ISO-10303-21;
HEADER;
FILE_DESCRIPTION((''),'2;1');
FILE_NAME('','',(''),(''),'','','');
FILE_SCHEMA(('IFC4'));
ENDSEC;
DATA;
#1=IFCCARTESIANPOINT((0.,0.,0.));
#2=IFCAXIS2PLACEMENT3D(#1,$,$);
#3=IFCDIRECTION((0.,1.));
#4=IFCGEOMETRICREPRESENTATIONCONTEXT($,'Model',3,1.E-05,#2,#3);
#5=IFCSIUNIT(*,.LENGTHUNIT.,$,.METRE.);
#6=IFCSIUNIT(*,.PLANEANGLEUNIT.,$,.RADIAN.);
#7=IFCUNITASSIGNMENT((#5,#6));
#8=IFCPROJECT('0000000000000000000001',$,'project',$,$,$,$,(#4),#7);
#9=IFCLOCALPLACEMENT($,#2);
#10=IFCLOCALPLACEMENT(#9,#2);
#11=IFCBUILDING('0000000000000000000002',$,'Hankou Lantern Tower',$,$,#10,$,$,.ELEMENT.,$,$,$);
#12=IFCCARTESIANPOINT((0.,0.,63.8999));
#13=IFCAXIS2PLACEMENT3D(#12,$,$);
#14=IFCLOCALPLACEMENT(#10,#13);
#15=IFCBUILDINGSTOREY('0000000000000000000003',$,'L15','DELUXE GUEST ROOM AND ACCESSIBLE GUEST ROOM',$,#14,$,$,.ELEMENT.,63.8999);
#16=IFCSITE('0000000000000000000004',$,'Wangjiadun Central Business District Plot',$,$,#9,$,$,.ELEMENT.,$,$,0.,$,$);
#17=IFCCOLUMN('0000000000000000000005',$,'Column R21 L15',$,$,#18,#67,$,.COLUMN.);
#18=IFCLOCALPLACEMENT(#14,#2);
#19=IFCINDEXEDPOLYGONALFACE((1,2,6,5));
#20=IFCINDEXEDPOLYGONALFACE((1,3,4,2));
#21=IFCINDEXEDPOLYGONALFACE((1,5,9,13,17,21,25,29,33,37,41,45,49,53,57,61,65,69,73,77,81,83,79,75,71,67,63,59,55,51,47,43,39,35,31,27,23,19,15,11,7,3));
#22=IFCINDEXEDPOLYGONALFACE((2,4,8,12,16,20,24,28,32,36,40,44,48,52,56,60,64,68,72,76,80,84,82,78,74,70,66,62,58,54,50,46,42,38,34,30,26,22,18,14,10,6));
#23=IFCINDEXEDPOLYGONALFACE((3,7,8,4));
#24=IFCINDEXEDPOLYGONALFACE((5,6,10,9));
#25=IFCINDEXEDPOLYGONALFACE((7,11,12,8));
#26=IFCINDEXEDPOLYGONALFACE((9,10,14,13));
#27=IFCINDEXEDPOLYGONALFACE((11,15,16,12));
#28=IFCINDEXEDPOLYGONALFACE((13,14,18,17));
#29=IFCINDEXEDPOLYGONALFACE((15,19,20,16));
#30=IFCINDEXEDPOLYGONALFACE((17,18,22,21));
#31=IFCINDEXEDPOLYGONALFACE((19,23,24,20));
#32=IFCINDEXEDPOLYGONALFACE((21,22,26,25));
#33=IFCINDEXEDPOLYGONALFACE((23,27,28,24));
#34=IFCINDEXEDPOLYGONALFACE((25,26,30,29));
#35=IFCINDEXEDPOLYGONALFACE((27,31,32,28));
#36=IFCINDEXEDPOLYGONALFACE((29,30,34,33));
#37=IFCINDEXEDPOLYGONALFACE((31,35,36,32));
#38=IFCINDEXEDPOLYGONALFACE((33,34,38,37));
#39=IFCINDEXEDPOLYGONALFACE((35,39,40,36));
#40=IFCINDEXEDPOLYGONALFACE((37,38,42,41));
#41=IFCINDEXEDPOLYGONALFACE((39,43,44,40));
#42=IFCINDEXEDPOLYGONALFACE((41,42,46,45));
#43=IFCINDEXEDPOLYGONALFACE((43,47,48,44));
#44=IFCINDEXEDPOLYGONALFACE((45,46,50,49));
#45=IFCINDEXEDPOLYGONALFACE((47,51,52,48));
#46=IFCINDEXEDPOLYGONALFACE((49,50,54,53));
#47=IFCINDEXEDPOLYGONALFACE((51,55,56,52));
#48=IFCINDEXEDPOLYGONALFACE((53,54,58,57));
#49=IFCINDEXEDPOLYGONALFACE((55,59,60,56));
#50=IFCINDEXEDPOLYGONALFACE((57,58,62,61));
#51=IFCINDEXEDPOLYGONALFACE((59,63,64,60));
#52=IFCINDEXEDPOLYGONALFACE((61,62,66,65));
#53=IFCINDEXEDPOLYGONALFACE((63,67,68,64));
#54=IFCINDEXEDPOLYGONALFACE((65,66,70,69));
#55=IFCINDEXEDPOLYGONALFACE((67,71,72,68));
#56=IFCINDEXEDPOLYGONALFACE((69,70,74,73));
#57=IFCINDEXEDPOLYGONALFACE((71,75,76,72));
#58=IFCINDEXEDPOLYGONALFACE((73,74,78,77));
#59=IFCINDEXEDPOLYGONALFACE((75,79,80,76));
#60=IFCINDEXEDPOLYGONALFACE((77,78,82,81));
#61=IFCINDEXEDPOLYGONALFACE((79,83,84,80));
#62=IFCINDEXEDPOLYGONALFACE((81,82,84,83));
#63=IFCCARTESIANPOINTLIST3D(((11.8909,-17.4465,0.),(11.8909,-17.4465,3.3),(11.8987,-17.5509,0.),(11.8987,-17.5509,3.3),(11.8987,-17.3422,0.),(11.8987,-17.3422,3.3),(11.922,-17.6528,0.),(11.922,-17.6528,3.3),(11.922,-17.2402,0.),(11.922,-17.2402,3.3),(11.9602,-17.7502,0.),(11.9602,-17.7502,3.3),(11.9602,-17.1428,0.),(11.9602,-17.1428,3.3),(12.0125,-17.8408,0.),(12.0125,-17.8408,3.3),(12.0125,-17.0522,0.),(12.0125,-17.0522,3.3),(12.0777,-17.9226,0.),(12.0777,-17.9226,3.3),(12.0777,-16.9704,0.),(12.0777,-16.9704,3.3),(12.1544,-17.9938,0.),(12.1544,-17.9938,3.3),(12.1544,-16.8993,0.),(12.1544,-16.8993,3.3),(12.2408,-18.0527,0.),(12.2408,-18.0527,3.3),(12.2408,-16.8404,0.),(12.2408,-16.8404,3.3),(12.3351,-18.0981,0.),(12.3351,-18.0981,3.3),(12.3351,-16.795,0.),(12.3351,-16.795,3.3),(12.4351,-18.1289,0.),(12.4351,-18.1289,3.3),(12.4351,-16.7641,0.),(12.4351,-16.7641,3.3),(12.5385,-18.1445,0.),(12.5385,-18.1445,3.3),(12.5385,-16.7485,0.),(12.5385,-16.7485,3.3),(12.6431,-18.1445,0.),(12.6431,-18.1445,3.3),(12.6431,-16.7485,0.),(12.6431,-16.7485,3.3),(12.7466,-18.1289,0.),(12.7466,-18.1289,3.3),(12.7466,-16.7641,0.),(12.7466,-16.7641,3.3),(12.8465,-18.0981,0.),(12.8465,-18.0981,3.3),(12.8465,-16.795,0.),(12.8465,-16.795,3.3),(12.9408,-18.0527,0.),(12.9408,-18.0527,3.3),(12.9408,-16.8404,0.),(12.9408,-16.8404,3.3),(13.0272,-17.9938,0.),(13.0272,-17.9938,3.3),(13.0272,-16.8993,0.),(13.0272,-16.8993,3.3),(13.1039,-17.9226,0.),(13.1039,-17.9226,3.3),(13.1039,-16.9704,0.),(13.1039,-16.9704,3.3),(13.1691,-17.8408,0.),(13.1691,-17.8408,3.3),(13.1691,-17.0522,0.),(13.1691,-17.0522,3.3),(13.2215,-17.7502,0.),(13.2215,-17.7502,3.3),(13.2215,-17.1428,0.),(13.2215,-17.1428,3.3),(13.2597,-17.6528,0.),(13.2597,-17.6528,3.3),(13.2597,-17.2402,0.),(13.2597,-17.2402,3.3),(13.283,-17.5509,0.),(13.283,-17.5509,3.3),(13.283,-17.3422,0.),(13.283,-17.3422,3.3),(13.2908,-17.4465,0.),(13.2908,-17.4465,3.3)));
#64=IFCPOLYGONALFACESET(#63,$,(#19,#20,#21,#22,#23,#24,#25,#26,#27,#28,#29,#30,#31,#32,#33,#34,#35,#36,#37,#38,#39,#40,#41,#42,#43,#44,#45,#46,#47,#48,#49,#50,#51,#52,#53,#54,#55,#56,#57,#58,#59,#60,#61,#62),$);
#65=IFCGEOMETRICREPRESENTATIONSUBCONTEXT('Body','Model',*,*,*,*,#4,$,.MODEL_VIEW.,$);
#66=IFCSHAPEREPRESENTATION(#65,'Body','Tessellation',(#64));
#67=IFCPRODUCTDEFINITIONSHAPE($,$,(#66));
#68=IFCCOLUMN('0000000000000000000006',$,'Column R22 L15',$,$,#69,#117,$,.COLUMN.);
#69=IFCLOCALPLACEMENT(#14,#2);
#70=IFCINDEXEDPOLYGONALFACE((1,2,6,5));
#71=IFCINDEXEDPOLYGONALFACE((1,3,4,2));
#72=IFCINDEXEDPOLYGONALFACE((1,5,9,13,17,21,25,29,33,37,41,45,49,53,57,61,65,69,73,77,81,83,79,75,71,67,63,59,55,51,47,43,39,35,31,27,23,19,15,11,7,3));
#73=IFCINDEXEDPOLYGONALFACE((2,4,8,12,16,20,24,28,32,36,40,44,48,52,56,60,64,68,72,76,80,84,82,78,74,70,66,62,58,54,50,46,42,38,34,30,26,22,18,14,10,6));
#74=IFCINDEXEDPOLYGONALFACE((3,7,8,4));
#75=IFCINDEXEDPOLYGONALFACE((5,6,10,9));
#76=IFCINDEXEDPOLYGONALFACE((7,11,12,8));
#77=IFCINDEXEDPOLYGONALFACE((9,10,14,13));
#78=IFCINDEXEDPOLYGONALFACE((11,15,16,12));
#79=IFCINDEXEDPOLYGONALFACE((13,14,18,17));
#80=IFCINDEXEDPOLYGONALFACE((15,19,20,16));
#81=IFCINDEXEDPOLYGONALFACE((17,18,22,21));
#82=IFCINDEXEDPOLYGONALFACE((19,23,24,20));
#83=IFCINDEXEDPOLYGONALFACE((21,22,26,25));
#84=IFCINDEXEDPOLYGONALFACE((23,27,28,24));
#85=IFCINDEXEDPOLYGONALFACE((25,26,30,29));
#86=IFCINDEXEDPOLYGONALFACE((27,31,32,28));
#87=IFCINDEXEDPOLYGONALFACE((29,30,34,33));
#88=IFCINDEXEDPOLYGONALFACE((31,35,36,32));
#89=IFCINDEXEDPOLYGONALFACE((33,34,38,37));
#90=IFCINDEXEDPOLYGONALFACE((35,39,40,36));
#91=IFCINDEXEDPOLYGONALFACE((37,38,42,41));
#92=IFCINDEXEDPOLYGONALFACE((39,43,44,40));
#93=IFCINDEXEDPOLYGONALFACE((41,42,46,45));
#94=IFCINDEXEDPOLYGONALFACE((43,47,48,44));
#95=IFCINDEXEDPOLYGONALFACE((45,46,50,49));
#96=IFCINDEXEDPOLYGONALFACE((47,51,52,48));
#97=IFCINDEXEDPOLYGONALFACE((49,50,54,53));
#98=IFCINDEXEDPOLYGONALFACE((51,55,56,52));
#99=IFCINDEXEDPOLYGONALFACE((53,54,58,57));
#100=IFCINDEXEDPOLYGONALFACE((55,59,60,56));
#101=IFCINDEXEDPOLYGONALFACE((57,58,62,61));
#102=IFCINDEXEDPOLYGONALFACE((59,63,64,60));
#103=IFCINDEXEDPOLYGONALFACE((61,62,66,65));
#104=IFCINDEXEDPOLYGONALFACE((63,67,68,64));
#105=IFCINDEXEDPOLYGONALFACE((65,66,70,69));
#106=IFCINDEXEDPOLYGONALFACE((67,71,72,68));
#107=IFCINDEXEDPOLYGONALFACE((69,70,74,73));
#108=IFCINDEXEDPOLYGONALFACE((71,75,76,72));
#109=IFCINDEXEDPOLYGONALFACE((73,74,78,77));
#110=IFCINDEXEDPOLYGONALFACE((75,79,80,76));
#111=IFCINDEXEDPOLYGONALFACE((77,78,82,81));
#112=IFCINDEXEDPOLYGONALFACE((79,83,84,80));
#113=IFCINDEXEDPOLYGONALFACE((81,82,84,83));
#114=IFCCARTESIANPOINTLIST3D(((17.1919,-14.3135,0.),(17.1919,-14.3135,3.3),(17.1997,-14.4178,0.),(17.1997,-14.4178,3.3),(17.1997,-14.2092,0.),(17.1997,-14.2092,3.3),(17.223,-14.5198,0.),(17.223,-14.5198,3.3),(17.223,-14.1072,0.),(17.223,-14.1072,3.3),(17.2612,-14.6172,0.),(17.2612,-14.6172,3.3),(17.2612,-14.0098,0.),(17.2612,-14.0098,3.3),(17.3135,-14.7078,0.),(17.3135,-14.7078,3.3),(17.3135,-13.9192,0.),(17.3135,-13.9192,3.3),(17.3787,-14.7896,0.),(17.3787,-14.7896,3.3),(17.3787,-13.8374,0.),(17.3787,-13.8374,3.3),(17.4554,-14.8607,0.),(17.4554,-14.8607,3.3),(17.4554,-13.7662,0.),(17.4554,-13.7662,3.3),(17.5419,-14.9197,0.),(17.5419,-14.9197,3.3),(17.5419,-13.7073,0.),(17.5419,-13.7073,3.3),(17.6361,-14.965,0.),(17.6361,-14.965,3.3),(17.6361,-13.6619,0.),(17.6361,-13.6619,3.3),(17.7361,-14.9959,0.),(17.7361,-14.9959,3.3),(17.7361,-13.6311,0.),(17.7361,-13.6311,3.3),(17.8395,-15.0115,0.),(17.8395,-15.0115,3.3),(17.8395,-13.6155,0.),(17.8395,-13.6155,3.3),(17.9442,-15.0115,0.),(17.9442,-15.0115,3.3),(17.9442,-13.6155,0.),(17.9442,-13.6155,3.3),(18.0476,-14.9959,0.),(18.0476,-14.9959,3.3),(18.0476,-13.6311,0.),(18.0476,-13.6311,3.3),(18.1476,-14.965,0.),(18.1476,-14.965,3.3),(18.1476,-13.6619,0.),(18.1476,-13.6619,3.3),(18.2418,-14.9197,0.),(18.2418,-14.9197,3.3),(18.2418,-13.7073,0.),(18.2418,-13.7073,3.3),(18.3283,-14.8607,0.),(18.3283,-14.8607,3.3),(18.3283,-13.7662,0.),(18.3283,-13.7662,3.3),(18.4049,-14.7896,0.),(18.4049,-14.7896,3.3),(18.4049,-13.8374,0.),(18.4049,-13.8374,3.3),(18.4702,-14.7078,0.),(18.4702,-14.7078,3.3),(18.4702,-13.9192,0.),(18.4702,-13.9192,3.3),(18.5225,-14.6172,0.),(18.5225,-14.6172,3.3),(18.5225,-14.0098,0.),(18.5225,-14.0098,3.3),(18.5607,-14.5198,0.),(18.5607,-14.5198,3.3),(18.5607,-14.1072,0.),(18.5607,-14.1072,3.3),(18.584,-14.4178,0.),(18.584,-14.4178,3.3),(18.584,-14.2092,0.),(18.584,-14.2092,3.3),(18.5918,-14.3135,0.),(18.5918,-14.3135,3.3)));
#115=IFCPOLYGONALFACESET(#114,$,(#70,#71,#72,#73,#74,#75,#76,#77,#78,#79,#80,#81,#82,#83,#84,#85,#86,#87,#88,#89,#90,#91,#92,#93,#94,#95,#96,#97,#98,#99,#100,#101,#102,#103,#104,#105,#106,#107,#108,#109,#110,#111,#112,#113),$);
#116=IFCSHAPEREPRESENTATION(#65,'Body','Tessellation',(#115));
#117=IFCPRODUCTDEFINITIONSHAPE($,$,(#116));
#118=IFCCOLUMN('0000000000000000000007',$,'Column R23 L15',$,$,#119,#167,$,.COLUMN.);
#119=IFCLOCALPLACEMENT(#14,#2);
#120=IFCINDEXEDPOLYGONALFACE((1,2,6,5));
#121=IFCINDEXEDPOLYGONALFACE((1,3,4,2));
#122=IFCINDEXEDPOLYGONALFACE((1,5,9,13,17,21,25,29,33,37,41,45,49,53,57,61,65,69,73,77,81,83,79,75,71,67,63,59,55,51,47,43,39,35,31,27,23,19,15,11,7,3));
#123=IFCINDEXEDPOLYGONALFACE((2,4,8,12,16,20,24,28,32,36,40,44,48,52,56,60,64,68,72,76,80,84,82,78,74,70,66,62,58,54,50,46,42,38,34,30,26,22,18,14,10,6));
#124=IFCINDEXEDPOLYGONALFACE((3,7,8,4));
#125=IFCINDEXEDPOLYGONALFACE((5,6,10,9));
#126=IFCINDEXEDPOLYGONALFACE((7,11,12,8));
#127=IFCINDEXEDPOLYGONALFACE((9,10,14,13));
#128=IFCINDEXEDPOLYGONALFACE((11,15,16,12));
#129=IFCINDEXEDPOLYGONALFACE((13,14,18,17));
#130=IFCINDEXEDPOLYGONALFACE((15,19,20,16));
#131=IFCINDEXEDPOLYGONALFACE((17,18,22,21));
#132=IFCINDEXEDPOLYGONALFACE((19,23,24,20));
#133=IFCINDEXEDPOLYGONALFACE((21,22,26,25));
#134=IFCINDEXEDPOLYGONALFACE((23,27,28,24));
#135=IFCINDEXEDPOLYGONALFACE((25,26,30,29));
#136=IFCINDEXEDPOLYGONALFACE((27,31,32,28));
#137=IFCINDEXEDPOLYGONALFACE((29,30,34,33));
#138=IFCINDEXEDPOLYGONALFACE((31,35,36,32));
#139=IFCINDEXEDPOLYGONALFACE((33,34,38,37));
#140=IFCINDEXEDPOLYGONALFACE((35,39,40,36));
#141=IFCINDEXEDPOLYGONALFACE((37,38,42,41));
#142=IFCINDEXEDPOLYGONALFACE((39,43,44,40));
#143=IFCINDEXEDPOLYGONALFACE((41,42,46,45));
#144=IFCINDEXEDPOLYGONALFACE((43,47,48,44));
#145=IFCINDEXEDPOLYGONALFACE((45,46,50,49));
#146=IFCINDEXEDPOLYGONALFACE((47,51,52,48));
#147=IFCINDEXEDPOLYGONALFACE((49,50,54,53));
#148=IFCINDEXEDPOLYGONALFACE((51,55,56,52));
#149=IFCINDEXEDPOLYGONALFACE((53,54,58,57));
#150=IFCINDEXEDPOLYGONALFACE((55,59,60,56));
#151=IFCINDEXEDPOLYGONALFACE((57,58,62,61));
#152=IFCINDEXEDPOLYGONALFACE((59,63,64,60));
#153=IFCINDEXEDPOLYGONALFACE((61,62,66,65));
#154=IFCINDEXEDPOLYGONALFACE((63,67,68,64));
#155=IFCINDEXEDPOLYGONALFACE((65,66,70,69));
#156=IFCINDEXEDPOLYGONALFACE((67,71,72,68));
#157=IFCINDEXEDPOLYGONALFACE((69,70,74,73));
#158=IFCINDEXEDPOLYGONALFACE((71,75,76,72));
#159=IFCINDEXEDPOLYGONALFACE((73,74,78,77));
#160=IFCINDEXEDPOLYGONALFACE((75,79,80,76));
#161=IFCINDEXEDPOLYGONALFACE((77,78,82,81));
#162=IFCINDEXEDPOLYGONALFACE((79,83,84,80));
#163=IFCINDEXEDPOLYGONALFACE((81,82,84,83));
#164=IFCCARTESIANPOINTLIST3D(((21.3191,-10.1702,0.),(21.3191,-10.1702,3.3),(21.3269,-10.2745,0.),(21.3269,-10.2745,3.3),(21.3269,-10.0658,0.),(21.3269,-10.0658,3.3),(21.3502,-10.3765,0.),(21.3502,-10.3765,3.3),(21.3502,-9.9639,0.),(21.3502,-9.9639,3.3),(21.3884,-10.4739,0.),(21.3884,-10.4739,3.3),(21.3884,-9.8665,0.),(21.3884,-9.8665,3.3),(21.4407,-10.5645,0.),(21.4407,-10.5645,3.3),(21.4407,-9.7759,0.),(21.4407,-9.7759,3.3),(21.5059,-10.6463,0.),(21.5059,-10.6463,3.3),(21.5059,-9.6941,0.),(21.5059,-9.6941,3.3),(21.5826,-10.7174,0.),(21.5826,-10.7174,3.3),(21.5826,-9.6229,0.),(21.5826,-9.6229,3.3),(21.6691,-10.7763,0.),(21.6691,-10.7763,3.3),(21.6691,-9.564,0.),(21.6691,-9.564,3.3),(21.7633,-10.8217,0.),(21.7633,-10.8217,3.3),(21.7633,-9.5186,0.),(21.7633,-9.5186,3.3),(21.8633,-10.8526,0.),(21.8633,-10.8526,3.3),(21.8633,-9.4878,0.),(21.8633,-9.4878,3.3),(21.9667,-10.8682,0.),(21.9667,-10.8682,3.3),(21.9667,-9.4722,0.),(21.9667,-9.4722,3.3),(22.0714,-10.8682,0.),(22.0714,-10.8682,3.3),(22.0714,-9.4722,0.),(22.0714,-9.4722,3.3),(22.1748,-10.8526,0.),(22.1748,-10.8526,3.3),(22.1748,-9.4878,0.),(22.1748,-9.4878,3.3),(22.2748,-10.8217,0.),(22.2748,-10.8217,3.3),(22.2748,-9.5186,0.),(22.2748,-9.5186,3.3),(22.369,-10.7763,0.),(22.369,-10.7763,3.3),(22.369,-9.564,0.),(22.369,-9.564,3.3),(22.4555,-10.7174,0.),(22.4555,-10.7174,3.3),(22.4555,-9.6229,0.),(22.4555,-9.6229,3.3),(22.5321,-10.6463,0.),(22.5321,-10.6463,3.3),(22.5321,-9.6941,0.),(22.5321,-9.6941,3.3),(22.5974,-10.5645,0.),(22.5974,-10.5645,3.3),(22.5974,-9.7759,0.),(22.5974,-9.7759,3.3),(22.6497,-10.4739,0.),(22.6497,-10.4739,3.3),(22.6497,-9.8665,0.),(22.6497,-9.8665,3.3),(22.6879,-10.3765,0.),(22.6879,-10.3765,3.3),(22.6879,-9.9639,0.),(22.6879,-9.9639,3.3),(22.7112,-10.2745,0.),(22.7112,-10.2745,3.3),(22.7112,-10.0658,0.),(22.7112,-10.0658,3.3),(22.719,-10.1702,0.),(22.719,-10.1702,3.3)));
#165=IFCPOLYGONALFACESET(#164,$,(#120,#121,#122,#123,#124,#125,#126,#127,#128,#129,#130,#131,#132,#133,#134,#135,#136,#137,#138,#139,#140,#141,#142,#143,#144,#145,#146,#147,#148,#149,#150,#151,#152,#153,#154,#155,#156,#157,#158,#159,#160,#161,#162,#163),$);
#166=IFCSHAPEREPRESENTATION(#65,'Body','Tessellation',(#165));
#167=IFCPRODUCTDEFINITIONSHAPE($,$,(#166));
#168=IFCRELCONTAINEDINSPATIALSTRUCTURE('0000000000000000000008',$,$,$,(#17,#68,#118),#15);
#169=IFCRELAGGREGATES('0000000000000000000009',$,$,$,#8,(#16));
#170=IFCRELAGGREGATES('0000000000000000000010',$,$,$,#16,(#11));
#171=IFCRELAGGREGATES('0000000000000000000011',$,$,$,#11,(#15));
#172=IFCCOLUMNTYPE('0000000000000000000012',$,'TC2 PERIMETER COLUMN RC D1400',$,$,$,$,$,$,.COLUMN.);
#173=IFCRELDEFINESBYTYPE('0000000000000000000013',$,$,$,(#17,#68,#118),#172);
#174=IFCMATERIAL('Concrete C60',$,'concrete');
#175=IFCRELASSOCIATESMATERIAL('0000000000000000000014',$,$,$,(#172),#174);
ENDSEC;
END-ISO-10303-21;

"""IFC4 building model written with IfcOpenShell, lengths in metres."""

from ifc_helpers import new_model, si_unit, direction, frame, origin, origin_2d, place, context, subcontext, project, spatial, circle, extrude, material, material_profile, profile_set, type_object, element, save


model = new_model("IFC4")

# Units and contexts
model_context = context("Model", 3, precision=1e-05, world=origin(), true_north=direction((0.0, 1.0)))
body_context = subcontext(model_context, "Body", "Model", "MODEL_VIEW")
ifc_project = project(units=[si_unit("LENGTHUNIT", "METRE"), si_unit("PLANEANGLEUNIT", "RADIAN")], contexts=[model_context])

# Site, building, storey
site_placement = place(None, origin())
site = spatial("IfcSite", under=ifc_project, at=site_placement, Name="Wangjiadun Central Business District Plot", CompositionType="ELEMENT", RefElevation=0.0)
building_placement = place(site_placement, origin())
building = spatial("IfcBuilding", under=site, at=building_placement, Name="Hankou Lantern Tower", CompositionType="ELEMENT")
storey_placement = place(building_placement, frame((0.0, 0.0, 63.8999)))
storey = spatial("IfcBuildingStorey", under=building, at=storey_placement, Name="L15", Description="DELUXE GUEST ROOM AND ACCESSIBLE GUEST ROOM", CompositionType="ELEMENT", Elevation=63.8999)

# Columns
ifc_material_1 = material(Name="Concrete C60", Category="concrete")
ifc_material_profile_1 = material_profile(ifc_material_1, circle(Radius=0.7, at=origin_2d()), Name="RC D1400")
ifc_profile_set_1 = profile_set([ifc_material_profile_1], Name="Concrete C60")
column_type = type_object("IfcColumnType", Name="TC2 PERIMETER COLUMN RC D1400", PredefinedType="COLUMN", material=ifc_profile_set_1)
for number, where, z_axis, x_axis, name in (
    (1, (12.5908, -17.4465, 0.0), (0.0, 0.0, 1.0), (1.0, 0.0, 0.0), "Column R21 L15"),
    (2, (17.8918, -14.3135, 0.0), (0.0, 0.0, 1.0), (1.0, 0.0, 0.0), "Column R22 L15"),
    (3, (22.019, -10.1702, 0.0), (0.0, 0.0, 1.0), (1.0, 0.0, 0.0), "Column R23 L15"),
):
    element("IfcColumn", number, at=place(storey_placement, frame(where, z_axis=z_axis, x_axis=x_axis)), inside=storey, type_object=column_type, Name=name, PredefinedType="COLUMN", context=body_context, shape_type="SweptSolid", body=[
        extrude(circle(Radius=0.7, at=origin_2d()), origin(), (0.0, 0.0, 1.0), 3.3),
    ])

save(model, "model.ifc")
